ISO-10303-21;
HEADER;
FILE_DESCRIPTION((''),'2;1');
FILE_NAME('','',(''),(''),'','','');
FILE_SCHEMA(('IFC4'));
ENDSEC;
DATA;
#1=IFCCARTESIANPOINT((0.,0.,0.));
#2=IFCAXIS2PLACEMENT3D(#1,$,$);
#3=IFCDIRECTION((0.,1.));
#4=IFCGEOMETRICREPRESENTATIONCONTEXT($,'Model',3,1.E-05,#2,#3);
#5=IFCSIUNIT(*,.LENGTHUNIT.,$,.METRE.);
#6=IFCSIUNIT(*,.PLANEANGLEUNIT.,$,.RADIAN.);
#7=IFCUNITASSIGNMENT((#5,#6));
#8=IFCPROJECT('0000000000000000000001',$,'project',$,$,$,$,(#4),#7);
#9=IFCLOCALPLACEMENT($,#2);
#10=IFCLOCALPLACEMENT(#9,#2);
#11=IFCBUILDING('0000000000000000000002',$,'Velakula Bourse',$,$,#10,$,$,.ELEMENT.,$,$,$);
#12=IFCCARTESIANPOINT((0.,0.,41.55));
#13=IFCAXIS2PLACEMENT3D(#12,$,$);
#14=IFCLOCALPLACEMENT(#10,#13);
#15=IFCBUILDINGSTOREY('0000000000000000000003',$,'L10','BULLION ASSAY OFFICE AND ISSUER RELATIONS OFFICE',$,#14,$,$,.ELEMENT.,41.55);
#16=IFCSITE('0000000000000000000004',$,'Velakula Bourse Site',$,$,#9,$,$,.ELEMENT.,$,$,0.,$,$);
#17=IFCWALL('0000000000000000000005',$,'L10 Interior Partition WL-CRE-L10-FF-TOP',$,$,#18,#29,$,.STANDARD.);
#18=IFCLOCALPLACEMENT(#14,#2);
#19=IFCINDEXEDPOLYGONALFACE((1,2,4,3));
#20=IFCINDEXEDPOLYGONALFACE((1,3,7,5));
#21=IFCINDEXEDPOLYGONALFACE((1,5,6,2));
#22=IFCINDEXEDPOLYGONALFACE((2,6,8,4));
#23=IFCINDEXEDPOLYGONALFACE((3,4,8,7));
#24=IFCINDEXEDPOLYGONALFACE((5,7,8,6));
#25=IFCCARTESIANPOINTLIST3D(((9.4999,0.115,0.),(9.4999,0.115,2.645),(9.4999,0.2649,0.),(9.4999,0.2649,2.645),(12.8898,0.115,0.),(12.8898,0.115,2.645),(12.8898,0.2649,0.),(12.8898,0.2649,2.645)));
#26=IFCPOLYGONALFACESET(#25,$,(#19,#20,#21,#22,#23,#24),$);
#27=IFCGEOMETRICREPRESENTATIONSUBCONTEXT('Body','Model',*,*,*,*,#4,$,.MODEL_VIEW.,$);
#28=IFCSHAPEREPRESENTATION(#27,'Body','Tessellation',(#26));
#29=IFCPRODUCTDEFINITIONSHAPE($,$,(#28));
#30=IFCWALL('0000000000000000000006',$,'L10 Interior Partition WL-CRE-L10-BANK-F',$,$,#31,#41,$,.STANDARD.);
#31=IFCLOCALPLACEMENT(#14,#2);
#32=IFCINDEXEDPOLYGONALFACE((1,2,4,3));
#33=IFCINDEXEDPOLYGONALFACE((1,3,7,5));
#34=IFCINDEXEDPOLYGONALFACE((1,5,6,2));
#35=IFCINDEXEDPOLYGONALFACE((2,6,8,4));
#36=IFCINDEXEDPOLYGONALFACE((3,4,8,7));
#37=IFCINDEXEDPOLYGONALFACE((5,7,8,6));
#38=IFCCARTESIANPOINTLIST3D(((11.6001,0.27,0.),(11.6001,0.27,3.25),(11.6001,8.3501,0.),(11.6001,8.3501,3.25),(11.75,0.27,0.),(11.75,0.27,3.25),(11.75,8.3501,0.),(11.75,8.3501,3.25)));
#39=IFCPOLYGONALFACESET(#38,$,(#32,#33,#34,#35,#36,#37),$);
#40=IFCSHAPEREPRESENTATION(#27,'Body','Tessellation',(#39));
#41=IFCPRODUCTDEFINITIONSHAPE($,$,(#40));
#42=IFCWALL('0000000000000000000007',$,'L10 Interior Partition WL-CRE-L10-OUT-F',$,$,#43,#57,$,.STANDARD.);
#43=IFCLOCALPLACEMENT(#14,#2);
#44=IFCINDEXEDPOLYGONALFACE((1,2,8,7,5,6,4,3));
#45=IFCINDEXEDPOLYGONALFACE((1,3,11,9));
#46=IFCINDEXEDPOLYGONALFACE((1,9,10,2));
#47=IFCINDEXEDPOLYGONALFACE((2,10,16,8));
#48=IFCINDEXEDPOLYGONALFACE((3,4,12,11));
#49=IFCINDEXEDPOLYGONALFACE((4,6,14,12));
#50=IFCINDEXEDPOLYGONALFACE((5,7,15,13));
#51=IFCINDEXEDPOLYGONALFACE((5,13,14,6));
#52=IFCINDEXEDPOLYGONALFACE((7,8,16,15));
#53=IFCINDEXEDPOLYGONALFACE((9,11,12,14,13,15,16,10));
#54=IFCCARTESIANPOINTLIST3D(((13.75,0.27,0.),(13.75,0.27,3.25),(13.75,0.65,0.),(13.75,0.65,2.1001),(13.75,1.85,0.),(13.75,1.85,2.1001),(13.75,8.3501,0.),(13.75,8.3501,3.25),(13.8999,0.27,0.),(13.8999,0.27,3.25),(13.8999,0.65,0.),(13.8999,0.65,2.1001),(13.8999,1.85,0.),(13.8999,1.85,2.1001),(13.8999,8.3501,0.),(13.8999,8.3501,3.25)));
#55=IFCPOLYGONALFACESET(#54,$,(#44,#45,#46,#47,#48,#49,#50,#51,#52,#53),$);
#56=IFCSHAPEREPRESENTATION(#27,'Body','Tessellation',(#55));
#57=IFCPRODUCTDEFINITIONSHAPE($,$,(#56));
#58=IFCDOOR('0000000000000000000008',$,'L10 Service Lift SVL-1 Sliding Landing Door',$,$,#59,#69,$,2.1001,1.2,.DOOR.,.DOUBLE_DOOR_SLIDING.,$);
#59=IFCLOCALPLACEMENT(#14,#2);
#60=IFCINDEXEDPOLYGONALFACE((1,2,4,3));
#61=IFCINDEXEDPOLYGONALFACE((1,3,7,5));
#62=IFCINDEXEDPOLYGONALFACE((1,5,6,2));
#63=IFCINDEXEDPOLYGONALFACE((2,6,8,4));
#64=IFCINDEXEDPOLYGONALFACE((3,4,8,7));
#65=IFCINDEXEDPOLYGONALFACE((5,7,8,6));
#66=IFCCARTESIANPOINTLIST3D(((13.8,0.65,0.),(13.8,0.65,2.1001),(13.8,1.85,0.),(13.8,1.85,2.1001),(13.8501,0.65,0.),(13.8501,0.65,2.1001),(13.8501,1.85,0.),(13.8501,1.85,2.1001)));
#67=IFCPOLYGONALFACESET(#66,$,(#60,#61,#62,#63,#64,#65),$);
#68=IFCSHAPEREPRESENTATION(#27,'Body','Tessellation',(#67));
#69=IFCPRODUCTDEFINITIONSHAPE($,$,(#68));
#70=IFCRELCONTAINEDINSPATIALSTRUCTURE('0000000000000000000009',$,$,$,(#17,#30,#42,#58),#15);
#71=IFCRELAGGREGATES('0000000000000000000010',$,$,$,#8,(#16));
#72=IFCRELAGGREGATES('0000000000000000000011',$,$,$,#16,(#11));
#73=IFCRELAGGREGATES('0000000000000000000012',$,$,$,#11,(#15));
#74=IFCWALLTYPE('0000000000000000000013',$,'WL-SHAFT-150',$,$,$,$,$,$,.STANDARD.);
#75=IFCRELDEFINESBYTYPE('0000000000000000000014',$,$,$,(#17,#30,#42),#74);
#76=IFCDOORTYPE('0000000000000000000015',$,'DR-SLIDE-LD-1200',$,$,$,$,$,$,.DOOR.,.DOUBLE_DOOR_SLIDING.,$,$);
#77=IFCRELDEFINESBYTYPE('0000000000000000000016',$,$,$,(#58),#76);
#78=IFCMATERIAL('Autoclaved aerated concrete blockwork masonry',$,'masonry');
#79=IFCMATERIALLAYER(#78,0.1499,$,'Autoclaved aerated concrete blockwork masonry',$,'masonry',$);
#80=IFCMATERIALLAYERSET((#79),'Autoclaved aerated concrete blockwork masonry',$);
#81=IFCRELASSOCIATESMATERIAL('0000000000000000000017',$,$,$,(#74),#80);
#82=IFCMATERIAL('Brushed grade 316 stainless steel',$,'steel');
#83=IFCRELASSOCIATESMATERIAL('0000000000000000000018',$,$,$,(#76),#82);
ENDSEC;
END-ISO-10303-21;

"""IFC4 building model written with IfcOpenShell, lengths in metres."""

from ifc_helpers import new_model, si_unit, direction, frame, frame_2d, origin, place, context, subcontext, project, spatial, rectangle, extrude, material, layer, layer_set, type_object, element, fill, save


model = new_model("IFC4")

# Units and contexts
model_context = context("Model", 3, precision=1e-05, world=origin(), true_north=direction((0.0, 1.0)))
body_context = subcontext(model_context, "Body", "Model", "MODEL_VIEW")
ifc_project = project(units=[si_unit("LENGTHUNIT", "METRE"), si_unit("PLANEANGLEUNIT", "RADIAN")], contexts=[model_context])

# Site, building, storey
site_placement = place(None, origin())
site = spatial("IfcSite", under=ifc_project, at=site_placement, Name="Velakula Bourse Site", CompositionType="ELEMENT", RefElevation=0.0)
building_placement = place(site_placement, origin())
building = spatial("IfcBuilding", under=site, at=building_placement, Name="Velakula Bourse", CompositionType="ELEMENT")
storey_placement = place(building_placement, frame((0.0, 0.0, 41.55)))
storey = spatial("IfcBuildingStorey", under=building, at=storey_placement, Name="L10", Description="BULLION ASSAY OFFICE AND ISSUER RELATIONS OFFICE", CompositionType="ELEMENT", Elevation=41.55)

# Walls
ifc_material_1 = material(Name="Autoclaved aerated concrete blockwork masonry", Category="masonry")
ifc_layer_1 = layer(ifc_material_1, 0.1499, Name="Autoclaved aerated concrete blockwork masonry", Category="masonry")
ifc_layer_set_1 = layer_set([ifc_layer_1], Name="Autoclaved aerated concrete blockwork masonry")
wall_type_1 = type_object("IfcWallType", Name="WL-SHAFT-150", PredefinedType="STANDARD", material=ifc_layer_set_1)
wall_1_placement = place(storey_placement, frame((9.5, 0.1899, 0.0), z_axis=(0.0, 0.0, 1.0), x_axis=(1.0, 0.0, 0.0)))
element("IfcWall", 1, at=wall_1_placement, inside=storey, type_object=wall_type_1, Name="L10 Interior Partition WL-CRE-L10-FF-TOP", PredefinedType="STANDARD", context=body_context, shape_type="SweptSolid", body=[
    extrude(rectangle(XDim=3.3899, YDim=0.1499, at=frame_2d((1.6948, 0.0))), origin(), (0.0, 0.0, 1.0), 2.645),
])
wall_2_placement = place(storey_placement, frame((11.675, 0.27, 0.0), z_axis=(0.0, 0.0, 1.0), x_axis=(0.0, 1.0, 0.0)))
element("IfcWall", 2, at=wall_2_placement, inside=storey, type_object=wall_type_1, Name="L10 Interior Partition WL-CRE-L10-BANK-F", PredefinedType="STANDARD", context=body_context, shape_type="SweptSolid", body=[
    extrude(rectangle(XDim=8.0801, YDim=0.1499, at=frame_2d((4.04, 0.0))), origin(), (0.0, 0.0, 1.0), 3.25),
])

# Wall, opening, door
wall_3_placement = place(storey_placement, frame((13.825, 0.27, 0.0), z_axis=(0.0, 0.0, 1.0), x_axis=(0.0, 1.0, 0.0)))
wall_3 = element("IfcWall", 3, at=wall_3_placement, inside=storey, type_object=wall_type_1, Name="L10 Interior Partition WL-CRE-L10-OUT-F", PredefinedType="STANDARD", context=body_context, shape_type="SweptSolid", body=[
    extrude(rectangle(XDim=8.0801, YDim=0.1499, at=frame_2d((4.04, 0.0))), origin(), (0.0, 0.0, 1.0), 3.25),
])
opening_1_placement = place(wall_3_placement, frame((0.3799, 0.0, 0.0)))
opening_1 = element("IfcOpeningElement", 4, at=opening_1_placement, cuts=wall_3, PredefinedType="OPENING", context=body_context, shape_type="SweptSolid", body=[
    extrude(rectangle(XDim=1.2, YDim=2.1001, at=frame_2d((0.6001, 1.05))), frame((0.0, 0.085, 0.0), z_axis=(0.0, -1.0, 0.0), x_axis=(1.0, 0.0, 0.0)), (0.0, 0.0, 1.0), 0.1699),
])
ifc_material_2 = material(Name="Brushed grade 316 stainless steel", Category="steel")
door_type_1 = type_object("IfcDoorType", Name="DR-SLIDE-LD-1200", OperationType="DOUBLE_DOOR_SLIDING", PredefinedType="DOOR", material=ifc_material_2)
door_1_placement = place(opening_1_placement, origin())
door_1 = element("IfcDoor", 5, at=door_1_placement, inside=storey, type_object=door_type_1, Name="L10 Service Lift SVL-1 Sliding Landing Door", OperationType="DOUBLE_DOOR_SLIDING", OverallHeight=2.1001, OverallWidth=1.2, PredefinedType="DOOR", context=body_context, shape_type="SweptSolid", body=[
    extrude(rectangle(XDim=1.2, YDim=2.1001, at=frame_2d((0.6001, 1.05))), frame((0.0, 0.0249, 0.0), z_axis=(0.0, -1.0, 0.0), x_axis=(1.0, 0.0, 0.0)), (0.0, 0.0, 1.0), 0.05),
])
fill(opening_1, door_1)

save(model, "model.ifc")
